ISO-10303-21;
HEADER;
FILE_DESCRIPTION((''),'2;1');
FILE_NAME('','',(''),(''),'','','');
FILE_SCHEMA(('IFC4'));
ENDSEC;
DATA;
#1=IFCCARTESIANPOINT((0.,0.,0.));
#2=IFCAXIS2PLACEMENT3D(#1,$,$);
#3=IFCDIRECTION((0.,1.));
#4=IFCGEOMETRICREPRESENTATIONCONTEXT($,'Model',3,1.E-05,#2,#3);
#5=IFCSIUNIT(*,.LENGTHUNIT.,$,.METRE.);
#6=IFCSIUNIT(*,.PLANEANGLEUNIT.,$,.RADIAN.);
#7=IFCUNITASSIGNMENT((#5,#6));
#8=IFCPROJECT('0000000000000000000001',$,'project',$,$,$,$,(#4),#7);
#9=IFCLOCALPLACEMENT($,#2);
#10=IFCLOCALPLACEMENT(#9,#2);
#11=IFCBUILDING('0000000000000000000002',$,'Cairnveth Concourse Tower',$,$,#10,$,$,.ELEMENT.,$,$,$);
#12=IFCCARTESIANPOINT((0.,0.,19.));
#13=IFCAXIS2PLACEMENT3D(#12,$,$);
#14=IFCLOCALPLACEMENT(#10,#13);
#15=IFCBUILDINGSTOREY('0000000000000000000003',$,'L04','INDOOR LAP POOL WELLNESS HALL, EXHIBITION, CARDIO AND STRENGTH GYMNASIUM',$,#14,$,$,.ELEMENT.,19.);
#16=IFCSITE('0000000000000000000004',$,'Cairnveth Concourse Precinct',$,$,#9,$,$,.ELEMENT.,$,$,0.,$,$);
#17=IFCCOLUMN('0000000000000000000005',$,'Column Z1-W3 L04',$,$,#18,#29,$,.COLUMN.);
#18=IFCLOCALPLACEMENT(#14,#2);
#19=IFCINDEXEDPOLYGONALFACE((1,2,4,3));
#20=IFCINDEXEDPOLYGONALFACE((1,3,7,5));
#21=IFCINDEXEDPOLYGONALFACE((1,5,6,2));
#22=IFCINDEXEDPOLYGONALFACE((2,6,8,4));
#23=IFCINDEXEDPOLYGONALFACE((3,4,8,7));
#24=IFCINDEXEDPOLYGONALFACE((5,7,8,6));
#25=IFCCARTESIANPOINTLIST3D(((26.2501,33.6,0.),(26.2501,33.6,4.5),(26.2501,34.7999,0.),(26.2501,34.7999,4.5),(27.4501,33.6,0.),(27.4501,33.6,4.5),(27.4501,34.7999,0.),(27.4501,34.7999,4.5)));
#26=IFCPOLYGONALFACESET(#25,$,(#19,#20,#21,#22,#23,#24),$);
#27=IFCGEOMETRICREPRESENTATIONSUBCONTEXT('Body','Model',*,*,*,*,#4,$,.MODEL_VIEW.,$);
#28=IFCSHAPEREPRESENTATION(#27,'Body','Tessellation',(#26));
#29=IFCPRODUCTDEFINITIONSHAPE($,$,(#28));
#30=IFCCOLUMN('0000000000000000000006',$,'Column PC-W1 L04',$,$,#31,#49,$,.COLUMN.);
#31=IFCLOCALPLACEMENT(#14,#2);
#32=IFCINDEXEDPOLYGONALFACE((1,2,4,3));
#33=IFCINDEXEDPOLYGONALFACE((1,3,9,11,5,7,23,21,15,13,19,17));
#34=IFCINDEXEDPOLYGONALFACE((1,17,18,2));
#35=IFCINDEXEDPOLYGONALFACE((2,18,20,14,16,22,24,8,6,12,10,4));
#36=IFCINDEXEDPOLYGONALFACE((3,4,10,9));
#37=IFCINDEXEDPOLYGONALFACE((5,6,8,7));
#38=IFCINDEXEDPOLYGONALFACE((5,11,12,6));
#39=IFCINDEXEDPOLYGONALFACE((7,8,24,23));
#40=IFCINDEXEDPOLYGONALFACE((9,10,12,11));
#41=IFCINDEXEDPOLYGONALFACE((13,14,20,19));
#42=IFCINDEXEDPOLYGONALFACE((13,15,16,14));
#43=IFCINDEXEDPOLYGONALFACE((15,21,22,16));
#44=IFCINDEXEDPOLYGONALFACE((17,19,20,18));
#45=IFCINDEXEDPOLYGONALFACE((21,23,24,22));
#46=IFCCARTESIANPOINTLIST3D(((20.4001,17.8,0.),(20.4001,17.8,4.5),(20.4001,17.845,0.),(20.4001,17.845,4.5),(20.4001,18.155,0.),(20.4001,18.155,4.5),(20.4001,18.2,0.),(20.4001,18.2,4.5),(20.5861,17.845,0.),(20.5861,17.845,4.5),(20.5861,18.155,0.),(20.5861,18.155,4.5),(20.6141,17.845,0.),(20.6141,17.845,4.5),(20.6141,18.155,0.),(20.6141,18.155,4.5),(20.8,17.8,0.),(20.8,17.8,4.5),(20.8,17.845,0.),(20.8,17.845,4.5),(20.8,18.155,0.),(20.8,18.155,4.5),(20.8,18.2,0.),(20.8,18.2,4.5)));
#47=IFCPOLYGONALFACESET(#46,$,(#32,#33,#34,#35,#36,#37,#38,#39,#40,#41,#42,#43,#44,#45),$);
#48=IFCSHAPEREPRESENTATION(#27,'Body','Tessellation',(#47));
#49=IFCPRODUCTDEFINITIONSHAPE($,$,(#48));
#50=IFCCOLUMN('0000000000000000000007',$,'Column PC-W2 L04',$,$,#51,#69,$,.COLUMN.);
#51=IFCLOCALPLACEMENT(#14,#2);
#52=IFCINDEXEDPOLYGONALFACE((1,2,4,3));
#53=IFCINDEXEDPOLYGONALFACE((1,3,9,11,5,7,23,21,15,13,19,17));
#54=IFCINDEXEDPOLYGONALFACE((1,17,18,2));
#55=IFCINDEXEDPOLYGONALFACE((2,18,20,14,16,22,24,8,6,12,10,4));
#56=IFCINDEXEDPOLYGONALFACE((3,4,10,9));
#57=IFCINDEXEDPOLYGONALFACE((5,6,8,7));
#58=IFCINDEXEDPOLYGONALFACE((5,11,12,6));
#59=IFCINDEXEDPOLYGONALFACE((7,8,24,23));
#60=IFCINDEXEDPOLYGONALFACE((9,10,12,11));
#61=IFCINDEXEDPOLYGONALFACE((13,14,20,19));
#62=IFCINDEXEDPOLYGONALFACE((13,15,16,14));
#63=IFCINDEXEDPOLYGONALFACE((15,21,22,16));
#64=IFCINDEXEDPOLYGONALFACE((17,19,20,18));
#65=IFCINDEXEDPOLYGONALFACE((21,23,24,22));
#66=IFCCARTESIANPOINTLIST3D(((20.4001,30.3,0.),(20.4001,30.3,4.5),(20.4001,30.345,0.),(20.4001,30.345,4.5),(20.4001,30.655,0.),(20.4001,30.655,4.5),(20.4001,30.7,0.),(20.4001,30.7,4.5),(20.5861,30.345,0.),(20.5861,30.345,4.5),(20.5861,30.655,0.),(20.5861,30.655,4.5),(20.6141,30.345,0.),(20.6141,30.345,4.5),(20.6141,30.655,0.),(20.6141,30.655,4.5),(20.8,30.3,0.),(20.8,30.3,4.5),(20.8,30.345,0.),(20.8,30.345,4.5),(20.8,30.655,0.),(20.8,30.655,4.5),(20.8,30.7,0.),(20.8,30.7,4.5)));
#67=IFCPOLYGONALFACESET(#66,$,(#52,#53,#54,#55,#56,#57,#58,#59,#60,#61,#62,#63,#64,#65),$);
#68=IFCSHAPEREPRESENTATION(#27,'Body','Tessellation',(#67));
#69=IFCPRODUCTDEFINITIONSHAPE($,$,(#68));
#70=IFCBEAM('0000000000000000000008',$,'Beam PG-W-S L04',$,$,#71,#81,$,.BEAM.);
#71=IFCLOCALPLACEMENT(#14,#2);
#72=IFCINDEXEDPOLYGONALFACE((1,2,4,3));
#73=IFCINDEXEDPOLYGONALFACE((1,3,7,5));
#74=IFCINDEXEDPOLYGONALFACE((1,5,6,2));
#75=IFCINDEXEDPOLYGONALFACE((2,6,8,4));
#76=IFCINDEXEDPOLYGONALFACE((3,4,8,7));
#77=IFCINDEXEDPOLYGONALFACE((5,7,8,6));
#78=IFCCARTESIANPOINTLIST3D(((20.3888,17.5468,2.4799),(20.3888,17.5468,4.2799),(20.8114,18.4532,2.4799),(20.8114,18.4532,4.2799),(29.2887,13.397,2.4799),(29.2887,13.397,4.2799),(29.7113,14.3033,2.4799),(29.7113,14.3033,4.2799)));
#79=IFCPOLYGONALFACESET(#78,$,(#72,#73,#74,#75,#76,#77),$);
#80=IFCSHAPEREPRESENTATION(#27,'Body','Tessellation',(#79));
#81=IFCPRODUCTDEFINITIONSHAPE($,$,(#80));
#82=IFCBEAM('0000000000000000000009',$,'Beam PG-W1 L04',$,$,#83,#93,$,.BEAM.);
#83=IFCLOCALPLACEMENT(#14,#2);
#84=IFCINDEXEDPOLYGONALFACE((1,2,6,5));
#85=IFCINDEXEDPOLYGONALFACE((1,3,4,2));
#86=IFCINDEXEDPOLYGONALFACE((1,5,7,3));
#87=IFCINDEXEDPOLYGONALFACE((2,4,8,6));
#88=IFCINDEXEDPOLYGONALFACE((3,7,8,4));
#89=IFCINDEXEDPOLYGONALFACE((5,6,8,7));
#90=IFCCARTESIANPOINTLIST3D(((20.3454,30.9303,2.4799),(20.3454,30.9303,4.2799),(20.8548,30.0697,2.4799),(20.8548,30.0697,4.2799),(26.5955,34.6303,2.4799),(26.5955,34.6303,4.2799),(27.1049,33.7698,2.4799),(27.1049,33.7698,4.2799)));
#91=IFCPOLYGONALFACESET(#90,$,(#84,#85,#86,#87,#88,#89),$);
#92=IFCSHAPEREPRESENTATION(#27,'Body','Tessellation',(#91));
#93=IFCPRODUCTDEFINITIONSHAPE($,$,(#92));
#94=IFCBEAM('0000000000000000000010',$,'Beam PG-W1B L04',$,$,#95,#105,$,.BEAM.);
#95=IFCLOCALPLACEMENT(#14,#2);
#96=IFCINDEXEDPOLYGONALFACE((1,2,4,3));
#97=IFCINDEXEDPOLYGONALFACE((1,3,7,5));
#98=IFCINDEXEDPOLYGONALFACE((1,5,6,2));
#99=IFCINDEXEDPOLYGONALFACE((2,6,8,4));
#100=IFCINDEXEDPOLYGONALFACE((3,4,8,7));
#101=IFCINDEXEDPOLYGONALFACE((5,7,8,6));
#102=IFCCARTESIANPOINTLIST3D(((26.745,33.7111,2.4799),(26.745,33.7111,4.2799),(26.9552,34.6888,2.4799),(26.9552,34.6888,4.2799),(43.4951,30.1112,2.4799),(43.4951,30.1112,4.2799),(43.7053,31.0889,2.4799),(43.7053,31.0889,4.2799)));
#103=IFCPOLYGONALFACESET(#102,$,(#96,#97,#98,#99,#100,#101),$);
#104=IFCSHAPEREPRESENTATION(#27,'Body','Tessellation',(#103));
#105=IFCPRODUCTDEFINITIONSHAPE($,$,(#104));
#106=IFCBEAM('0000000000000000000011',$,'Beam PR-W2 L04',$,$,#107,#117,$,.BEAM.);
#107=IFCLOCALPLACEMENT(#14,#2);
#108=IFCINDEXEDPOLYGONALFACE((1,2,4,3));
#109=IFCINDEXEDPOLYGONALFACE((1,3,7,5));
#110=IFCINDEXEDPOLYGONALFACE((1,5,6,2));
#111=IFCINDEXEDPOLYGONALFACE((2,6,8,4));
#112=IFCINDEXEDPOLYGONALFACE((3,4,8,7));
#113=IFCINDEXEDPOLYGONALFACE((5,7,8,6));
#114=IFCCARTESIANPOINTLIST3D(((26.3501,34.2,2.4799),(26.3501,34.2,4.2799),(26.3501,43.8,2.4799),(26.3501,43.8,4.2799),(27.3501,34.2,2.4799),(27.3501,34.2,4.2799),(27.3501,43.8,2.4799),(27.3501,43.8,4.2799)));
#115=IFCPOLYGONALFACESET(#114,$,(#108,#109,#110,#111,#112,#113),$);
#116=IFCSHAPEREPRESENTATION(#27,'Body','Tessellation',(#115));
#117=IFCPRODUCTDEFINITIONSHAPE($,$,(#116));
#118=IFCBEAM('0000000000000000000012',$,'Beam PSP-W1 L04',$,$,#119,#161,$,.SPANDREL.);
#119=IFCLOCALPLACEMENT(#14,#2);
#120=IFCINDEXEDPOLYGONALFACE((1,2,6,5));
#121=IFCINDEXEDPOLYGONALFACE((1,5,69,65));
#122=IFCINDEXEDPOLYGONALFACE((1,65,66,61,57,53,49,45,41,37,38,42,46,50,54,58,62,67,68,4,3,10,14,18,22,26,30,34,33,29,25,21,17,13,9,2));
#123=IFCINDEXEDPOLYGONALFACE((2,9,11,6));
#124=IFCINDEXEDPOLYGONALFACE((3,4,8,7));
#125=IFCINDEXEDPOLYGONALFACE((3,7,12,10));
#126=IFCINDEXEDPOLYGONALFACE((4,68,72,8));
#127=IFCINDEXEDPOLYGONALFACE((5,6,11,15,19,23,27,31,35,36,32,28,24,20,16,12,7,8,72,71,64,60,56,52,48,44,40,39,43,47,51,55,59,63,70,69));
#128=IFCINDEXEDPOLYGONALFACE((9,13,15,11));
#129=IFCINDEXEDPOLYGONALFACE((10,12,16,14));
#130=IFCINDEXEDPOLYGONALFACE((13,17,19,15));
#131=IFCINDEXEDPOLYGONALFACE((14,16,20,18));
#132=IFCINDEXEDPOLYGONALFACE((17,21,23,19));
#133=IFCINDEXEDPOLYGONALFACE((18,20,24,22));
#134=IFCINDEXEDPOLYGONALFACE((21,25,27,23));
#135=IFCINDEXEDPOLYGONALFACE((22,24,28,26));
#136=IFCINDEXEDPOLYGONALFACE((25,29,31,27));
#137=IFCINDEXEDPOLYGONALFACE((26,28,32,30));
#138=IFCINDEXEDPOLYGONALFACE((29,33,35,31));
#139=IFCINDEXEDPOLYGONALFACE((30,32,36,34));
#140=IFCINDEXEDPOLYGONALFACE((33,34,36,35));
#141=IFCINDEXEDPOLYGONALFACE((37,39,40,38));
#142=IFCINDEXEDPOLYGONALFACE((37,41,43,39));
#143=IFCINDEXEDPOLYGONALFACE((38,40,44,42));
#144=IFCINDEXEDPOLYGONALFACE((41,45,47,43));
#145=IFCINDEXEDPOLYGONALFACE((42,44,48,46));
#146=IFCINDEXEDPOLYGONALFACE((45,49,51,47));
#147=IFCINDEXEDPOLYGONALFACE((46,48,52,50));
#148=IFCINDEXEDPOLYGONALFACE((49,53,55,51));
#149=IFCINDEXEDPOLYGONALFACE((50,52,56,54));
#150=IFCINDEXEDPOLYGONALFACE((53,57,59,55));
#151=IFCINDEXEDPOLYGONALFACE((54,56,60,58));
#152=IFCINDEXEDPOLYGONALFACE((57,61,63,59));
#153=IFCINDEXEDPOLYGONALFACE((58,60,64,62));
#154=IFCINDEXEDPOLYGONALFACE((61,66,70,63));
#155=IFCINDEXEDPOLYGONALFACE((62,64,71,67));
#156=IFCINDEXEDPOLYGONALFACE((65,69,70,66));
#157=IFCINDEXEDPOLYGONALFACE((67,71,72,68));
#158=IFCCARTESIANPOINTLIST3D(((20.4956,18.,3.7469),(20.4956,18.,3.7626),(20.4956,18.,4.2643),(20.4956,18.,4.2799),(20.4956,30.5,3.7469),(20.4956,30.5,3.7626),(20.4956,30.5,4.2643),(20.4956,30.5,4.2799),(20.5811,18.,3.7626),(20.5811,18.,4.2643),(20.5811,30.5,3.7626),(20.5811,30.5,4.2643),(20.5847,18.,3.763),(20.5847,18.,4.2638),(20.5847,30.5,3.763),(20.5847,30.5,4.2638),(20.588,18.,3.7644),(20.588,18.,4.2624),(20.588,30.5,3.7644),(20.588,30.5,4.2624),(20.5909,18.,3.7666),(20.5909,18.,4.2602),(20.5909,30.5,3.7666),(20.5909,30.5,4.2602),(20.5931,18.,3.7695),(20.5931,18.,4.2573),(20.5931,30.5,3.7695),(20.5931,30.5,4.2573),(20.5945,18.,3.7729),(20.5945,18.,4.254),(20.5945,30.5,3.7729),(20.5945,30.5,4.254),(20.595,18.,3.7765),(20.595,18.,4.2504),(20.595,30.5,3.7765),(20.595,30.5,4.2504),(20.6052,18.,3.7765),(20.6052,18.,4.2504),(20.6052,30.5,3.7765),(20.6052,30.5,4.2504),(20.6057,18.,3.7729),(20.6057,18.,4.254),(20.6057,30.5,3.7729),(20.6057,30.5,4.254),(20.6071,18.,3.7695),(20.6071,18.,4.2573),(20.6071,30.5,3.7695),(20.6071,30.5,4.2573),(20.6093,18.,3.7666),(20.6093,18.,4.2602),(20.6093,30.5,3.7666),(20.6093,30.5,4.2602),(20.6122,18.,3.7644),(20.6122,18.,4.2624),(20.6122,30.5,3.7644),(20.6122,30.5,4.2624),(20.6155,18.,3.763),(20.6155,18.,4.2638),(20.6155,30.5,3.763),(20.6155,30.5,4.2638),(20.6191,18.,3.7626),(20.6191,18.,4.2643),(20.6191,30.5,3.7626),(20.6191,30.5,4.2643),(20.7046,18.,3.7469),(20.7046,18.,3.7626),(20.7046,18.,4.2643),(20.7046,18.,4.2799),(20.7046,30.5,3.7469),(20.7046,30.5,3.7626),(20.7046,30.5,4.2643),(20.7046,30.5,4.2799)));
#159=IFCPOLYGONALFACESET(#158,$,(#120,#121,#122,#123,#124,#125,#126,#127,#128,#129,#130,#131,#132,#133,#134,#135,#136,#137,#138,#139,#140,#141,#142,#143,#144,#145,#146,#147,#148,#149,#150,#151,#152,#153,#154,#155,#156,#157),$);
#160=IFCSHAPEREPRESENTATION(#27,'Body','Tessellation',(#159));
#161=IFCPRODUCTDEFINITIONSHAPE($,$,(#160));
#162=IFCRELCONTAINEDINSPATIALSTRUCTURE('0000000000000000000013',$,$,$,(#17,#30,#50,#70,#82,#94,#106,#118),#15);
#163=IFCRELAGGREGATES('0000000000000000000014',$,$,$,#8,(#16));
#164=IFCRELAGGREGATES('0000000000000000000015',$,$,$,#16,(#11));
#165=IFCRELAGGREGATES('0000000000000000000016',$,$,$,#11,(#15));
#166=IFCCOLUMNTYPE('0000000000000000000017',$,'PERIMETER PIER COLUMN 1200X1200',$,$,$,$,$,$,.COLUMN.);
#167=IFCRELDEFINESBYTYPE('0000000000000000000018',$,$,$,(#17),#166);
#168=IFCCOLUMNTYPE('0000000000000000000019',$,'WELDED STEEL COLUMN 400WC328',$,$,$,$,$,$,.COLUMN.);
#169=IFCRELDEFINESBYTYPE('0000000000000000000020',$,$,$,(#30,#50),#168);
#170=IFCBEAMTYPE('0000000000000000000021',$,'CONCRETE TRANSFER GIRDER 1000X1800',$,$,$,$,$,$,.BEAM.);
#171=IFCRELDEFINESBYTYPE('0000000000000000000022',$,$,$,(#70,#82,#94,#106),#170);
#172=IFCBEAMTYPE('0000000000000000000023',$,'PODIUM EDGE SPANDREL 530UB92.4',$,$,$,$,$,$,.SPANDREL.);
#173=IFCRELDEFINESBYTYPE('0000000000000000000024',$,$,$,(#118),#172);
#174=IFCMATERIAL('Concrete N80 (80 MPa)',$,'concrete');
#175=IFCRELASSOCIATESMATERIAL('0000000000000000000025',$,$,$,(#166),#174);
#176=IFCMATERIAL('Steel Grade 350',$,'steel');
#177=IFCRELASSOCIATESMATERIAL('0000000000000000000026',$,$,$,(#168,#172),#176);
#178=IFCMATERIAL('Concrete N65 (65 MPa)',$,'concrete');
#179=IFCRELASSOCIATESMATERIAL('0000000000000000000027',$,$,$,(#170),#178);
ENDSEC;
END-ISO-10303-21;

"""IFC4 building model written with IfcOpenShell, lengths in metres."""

from ifc_helpers import new_model, si_unit, direction, frame, origin, origin_2d, place, context, subcontext, project, spatial, rectangle, i_section, extrude, material, material_profile, profile_set, type_object, element, save


model = new_model("IFC4")

# Units and contexts
model_context = context("Model", 3, precision=1e-05, world=origin(), true_north=direction((0.0, 1.0)))
body_context = subcontext(model_context, "Body", "Model", "MODEL_VIEW")
ifc_project = project(units=[si_unit("LENGTHUNIT", "METRE"), si_unit("PLANEANGLEUNIT", "RADIAN")], contexts=[model_context])

# Site, building, storey
site_placement = place(None, origin())
site = spatial("IfcSite", under=ifc_project, at=site_placement, Name="Cairnveth Concourse Precinct", CompositionType="ELEMENT", RefElevation=0.0)
building_placement = place(site_placement, origin())
building = spatial("IfcBuilding", under=site, at=building_placement, Name="Cairnveth Concourse Tower", CompositionType="ELEMENT")
storey_placement = place(building_placement, frame((0.0, 0.0, 19.0)))
storey = spatial("IfcBuildingStorey", under=building, at=storey_placement, Name="L04", Description="INDOOR LAP POOL WELLNESS HALL, EXHIBITION, CARDIO AND STRENGTH GYMNASIUM", CompositionType="ELEMENT", Elevation=19.0)

# Columns
ifc_material_1 = material(Name="Concrete N80 (80 MPa)", Category="concrete")
ifc_material_profile_1 = material_profile(ifc_material_1, rectangle(XDim=1.2, YDim=1.2, at=origin_2d()), Name="RC-COL-1200x1200")
ifc_profile_set_1 = profile_set([ifc_material_profile_1], Name="Concrete N80 (80 MPa)")
column_type_1 = type_object("IfcColumnType", Name="PERIMETER PIER COLUMN 1200X1200", PredefinedType="COLUMN", material=ifc_profile_set_1)
column_placement = place(storey_placement, frame((26.8501, 34.2, 0.0), z_axis=(0.0, 0.0, 1.0), x_axis=(1.0, 0.0, 0.0)))
element("IfcColumn", 1, at=column_placement, inside=storey, type_object=column_type_1, Name="Column Z1-W3 L04", PredefinedType="COLUMN", context=body_context, shape_type="SweptSolid", body=[
    extrude(rectangle(XDim=1.2, YDim=1.2, at=origin_2d()), origin(), (0.0, 0.0, 1.0), 4.5),
])
ifc_material_2 = material(Name="Steel Grade 350", Category="steel")
ifc_material_profile_2 = material_profile(ifc_material_2, i_section(OverallWidth=0.3999, OverallDepth=0.3999, WebThickness=0.0281, FlangeThickness=0.0449, at=origin_2d()), Name="400WC328")
ifc_profile_set_2 = profile_set([ifc_material_profile_2], Name="Steel Grade 350")
column_type_2 = type_object("IfcColumnType", Name="WELDED STEEL COLUMN 400WC328", PredefinedType="COLUMN", material=ifc_profile_set_2)
for number, where, z_axis, x_axis, name in (
    (2, (20.6001, 18.0, 0.0), (0.0, 0.0, 1.0), (1.0, 0.0, 0.0), "Column PC-W1 L04"),
    (3, (20.6001, 30.5, 0.0), (0.0, 0.0, 1.0), (1.0, 0.0, 0.0), "Column PC-W2 L04"),
):
    element("IfcColumn", number, at=place(storey_placement, frame(where, z_axis=z_axis, x_axis=x_axis)), inside=storey, type_object=column_type_2, Name=name, PredefinedType="COLUMN", context=body_context, shape_type="SweptSolid", body=[
        extrude(i_section(OverallWidth=0.3999, OverallDepth=0.3999, WebThickness=0.0281, FlangeThickness=0.0449, at=origin_2d()), origin(), (0.0, 0.0, 1.0), 4.5),
    ])

# Beams
ifc_material_3 = material(Name="Concrete N65 (65 MPa)", Category="concrete")
ifc_material_profile_3 = material_profile(ifc_material_3, rectangle(XDim=1.0, YDim=1.8, at=origin_2d()), Name="RC-TB-1000x1800")
ifc_profile_set_3 = profile_set([ifc_material_profile_3], Name="Concrete N65 (65 MPa)")
beam_type_1 = type_object("IfcBeamType", Name="CONCRETE TRANSFER GIRDER 1000X1800", PredefinedType="BEAM", material=ifc_profile_set_3)
beam_1_placement = place(storey_placement, frame((20.6001, 18.0, 3.3799), z_axis=(0.906315, -0.422602, 0.0), x_axis=(0.422602, 0.906315, 0.0)))
element("IfcBeam", 4, at=beam_1_placement, inside=storey, type_object=beam_type_1, Name="Beam PG-W-S L04", PredefinedType="BEAM", context=body_context, shape_type="SweptSolid", body=[
    extrude(rectangle(XDim=1.0, YDim=1.8, at=origin_2d()), origin(), (0.0, 0.0, 1.0), 9.8198),
])
beam_2_placement = place(storey_placement, frame((20.6001, 30.5, 3.3799), z_axis=(0.860518, 0.50942, 0.0), x_axis=(-0.50942, 0.860518, 0.0)))
element("IfcBeam", 5, at=beam_2_placement, inside=storey, type_object=beam_type_1, Name="Beam PG-W1 L04", PredefinedType="BEAM", context=body_context, shape_type="SweptSolid", body=[
    extrude(rectangle(XDim=1.0, YDim=1.8, at=origin_2d()), origin(), (0.0, 0.0, 1.0), 7.2632),
])
beam_3_placement = place(storey_placement, frame((26.8501, 34.2, 3.3799), z_axis=(0.977676, -0.210119, 0.0), x_axis=(0.210119, 0.977676, 0.0)))
element("IfcBeam", 6, at=beam_3_placement, inside=storey, type_object=beam_type_1, Name="Beam PG-W1B L04", PredefinedType="BEAM", context=body_context, shape_type="SweptSolid", body=[
    extrude(rectangle(XDim=1.0, YDim=1.8, at=origin_2d()), origin(), (0.0, 0.0, 1.0), 17.1326),
])
beam_4_placement = place(storey_placement, frame((26.8501, 34.2, 3.3799), z_axis=(0.0, 1.0, 0.0), x_axis=(-1.0, 0.0, 0.0)))
element("IfcBeam", 7, at=beam_4_placement, inside=storey, type_object=beam_type_1, Name="Beam PR-W2 L04", PredefinedType="BEAM", context=body_context, shape_type="SweptSolid", body=[
    extrude(rectangle(XDim=1.0, YDim=1.8, at=origin_2d()), origin(), (0.0, 0.0, 1.0), 9.6001),
])
ifc_material_profile_4 = material_profile(ifc_material_2, i_section(OverallWidth=0.209, OverallDepth=0.533, WebThickness=0.0103, FlangeThickness=0.0156, FilletRadius=0.0139, at=origin_2d()), Name="530UB92.4")
ifc_profile_set_4 = profile_set([ifc_material_profile_4], Name="Steel Grade 350")
beam_type_2 = type_object("IfcBeamType", Name="PODIUM EDGE SPANDREL 530UB92.4", PredefinedType="SPANDREL", material=ifc_profile_set_4)
beam_5_placement = place(storey_placement, frame((20.6001, 18.0, 4.0134), z_axis=(0.0, 1.0, 0.0), x_axis=(-1.0, 0.0, 0.0)))
element("IfcBeam", 8, at=beam_5_placement, inside=storey, type_object=beam_type_2, Name="Beam PSP-W1 L04", PredefinedType="SPANDREL", context=body_context, shape_type="SweptSolid", body=[
    extrude(i_section(OverallWidth=0.209, OverallDepth=0.533, WebThickness=0.0103, FlangeThickness=0.0156, FilletRadius=0.0139, at=origin_2d()), origin(), (0.0, 0.0, 1.0), 12.5),
])

save(model, "model.ifc")
